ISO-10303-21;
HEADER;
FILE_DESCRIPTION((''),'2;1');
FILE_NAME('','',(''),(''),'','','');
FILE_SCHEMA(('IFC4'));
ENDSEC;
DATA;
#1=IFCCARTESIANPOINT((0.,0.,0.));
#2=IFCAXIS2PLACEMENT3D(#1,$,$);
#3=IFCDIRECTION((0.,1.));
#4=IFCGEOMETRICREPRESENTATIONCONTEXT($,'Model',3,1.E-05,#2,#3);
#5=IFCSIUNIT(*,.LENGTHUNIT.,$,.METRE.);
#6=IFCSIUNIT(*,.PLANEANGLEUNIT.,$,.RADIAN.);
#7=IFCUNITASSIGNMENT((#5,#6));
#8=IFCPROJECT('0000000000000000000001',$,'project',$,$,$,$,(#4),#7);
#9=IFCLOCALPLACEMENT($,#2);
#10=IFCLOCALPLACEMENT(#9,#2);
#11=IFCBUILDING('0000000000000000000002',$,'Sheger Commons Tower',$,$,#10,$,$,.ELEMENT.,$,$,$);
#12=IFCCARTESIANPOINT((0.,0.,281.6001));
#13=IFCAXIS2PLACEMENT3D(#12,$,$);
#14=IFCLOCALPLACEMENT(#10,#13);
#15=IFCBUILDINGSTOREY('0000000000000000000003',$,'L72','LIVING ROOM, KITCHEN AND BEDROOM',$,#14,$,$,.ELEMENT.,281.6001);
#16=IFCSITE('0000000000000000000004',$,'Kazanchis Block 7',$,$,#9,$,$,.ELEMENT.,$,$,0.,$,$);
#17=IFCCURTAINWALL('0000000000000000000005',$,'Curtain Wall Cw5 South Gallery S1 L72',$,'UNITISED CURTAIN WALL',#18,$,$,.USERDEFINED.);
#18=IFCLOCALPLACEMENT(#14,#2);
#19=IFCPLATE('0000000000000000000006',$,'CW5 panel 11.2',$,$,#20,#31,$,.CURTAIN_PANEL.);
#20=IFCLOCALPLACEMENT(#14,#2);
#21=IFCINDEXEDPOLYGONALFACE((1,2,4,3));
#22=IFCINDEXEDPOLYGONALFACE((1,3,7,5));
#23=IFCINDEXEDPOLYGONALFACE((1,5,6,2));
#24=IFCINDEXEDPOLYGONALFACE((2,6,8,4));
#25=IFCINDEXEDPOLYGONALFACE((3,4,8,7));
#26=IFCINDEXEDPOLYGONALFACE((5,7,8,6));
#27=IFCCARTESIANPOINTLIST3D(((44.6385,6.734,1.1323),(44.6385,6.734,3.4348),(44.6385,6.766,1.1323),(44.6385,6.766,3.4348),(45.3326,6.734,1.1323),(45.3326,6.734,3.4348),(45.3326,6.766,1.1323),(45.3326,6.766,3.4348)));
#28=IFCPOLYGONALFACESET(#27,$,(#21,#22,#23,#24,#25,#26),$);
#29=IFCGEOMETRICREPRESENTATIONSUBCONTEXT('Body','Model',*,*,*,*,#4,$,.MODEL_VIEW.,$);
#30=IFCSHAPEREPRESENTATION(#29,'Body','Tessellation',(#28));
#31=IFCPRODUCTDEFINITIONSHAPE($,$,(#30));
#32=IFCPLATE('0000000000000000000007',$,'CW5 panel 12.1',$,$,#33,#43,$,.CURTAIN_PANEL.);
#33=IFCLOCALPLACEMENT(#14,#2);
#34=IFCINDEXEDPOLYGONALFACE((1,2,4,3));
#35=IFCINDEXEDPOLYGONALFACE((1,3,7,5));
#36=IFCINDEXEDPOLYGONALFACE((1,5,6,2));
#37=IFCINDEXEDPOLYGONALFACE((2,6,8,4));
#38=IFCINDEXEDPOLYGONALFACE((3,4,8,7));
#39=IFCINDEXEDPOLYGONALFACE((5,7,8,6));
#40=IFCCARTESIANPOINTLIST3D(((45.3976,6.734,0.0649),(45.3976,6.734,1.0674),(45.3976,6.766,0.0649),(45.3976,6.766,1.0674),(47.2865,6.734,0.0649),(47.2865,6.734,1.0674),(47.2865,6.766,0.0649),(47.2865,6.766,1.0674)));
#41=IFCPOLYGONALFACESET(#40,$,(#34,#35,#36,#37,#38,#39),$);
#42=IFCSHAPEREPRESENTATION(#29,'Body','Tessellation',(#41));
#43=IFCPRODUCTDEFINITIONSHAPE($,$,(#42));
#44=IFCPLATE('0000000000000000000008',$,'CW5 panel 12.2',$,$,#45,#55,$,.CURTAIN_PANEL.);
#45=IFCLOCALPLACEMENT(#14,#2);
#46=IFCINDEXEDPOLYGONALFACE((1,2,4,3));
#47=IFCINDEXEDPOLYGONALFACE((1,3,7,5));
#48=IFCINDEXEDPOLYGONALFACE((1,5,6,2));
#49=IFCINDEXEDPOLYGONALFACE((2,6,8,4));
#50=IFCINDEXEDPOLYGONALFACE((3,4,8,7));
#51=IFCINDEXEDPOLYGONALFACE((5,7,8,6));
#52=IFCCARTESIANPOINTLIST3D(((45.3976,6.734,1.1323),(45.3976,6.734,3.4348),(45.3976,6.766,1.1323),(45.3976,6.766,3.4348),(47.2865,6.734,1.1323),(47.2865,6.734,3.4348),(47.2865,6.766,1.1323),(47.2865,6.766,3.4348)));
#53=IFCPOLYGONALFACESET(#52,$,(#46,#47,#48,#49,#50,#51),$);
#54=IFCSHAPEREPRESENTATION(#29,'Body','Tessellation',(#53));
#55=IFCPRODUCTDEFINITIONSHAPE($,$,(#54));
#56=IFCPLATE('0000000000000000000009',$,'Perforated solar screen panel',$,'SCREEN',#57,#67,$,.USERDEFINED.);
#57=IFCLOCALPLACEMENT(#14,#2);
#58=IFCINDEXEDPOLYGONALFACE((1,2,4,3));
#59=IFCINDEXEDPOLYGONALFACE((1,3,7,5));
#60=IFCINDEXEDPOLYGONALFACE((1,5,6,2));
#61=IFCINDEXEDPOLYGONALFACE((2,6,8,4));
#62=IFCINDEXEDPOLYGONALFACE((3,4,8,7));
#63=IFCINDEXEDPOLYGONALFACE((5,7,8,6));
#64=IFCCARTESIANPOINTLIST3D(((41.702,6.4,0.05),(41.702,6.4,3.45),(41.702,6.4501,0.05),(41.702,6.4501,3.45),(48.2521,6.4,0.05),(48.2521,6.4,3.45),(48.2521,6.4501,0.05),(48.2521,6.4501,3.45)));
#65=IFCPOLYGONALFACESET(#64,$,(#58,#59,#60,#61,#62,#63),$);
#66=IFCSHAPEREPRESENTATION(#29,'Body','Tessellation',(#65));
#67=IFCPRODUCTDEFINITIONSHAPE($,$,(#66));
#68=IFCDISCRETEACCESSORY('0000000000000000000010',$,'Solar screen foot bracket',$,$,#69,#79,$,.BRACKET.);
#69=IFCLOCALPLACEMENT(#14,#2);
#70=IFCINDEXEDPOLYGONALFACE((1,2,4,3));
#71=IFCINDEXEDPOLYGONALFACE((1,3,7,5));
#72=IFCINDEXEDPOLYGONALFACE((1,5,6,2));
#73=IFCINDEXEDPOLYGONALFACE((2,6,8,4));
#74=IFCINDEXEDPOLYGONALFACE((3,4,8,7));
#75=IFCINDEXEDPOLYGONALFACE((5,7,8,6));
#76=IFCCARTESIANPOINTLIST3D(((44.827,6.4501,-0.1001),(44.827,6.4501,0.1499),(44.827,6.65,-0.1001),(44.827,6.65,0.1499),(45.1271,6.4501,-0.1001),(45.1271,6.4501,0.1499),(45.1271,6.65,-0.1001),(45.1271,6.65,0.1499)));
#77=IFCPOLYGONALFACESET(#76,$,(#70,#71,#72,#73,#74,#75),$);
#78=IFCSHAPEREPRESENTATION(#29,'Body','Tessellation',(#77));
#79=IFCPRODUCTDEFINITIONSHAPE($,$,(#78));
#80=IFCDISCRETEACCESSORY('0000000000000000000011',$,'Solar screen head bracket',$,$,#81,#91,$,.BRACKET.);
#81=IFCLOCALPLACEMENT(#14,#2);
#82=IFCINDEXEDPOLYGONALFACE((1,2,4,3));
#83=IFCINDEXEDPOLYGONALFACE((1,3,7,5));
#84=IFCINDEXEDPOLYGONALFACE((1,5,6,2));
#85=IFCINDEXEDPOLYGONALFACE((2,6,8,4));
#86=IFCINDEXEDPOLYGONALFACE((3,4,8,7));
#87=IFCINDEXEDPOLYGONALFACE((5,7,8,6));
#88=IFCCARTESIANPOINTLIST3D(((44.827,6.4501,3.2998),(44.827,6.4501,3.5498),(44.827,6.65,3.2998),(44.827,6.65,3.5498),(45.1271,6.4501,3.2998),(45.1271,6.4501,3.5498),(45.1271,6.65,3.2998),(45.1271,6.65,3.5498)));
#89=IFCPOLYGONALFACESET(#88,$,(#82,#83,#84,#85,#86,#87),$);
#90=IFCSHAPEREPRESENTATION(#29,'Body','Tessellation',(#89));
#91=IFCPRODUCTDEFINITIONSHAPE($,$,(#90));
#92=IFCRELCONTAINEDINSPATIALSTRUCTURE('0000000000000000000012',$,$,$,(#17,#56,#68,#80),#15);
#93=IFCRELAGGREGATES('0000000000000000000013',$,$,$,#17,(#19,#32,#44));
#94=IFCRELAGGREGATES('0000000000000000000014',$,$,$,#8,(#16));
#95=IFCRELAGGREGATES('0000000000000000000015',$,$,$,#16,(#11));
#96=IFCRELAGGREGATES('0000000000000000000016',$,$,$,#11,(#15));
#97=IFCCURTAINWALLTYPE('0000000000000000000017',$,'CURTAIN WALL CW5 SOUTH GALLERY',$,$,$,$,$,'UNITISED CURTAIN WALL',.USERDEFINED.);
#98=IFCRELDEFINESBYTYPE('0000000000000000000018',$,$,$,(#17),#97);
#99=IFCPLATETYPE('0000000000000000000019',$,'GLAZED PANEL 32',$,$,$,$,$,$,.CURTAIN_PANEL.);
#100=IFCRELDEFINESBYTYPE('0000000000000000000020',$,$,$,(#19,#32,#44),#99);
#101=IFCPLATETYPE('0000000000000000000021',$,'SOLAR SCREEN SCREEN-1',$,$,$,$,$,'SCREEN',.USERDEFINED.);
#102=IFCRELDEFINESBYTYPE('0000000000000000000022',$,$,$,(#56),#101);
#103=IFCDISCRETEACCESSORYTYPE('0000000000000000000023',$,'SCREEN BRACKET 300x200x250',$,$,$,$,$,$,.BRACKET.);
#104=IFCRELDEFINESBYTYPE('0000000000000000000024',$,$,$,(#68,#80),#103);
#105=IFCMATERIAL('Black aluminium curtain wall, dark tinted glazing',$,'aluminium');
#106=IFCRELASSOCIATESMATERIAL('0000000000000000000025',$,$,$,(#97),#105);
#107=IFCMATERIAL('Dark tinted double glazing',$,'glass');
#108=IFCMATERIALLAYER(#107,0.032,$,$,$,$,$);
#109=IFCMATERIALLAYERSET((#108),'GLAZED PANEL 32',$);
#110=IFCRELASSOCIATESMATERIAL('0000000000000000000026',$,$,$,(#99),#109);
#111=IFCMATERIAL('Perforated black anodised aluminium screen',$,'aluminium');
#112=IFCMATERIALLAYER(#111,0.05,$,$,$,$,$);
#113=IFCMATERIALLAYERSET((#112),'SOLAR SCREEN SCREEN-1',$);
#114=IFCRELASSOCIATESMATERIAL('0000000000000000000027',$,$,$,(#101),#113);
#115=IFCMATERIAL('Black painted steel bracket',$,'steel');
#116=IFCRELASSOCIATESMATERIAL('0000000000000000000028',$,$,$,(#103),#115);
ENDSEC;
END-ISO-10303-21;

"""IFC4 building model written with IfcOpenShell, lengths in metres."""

from ifc_helpers import new_model, si_unit, direction, frame, origin, origin_2d, place, context, subcontext, project, spatial, rectangle, extrude, material, layer, layer_set, type_object, element, aggregate, save


model = new_model("IFC4")

# Units and contexts
model_context = context("Model", 3, precision=1e-05, world=origin(), true_north=direction((0.0, 1.0)))
body_context = subcontext(model_context, "Body", "Model", "MODEL_VIEW")
ifc_project = project(units=[si_unit("LENGTHUNIT", "METRE"), si_unit("PLANEANGLEUNIT", "RADIAN")], contexts=[model_context])

# Site, building, storey
site_placement = place(None, origin())
site = spatial("IfcSite", under=ifc_project, at=site_placement, Name="Kazanchis Block 7", CompositionType="ELEMENT", RefElevation=0.0)
building_placement = place(site_placement, origin())
building = spatial("IfcBuilding", under=site, at=building_placement, Name="Sheger Commons Tower", CompositionType="ELEMENT")
storey_placement = place(building_placement, frame((0.0, 0.0, 281.6001)))
storey = spatial("IfcBuildingStorey", under=building, at=storey_placement, Name="L72", Description="LIVING ROOM, KITCHEN AND BEDROOM", CompositionType="ELEMENT", Elevation=281.6001)

# Curtain wall, plates
ifc_material_1 = material(Name="Black aluminium curtain wall, dark tinted glazing", Category="aluminium")
curtain_wall_type = type_object("IfcCurtainWallType", Name="CURTAIN WALL CW5 SOUTH GALLERY", ElementType="UNITISED CURTAIN WALL", PredefinedType="USERDEFINED", material=ifc_material_1)
curtain_wall_placement = place(storey_placement, origin())
curtain_wall = element("IfcCurtainWall", 1, at=curtain_wall_placement, inside=storey, type_object=curtain_wall_type, Name="Curtain Wall Cw5 South Gallery S1 L72", ObjectType="UNITISED CURTAIN WALL", PredefinedType="USERDEFINED")
ifc_material_2 = material(Name="Dark tinted double glazing", Category="glass")
ifc_layer_1 = layer(ifc_material_2, 0.032)
ifc_layer_set_1 = layer_set([ifc_layer_1], Name="GLAZED PANEL 32")
plate_type_1 = type_object("IfcPlateType", Name="GLAZED PANEL 32", PredefinedType="CURTAIN_PANEL", material=ifc_layer_set_1)
plate_1_placement = place(storey_placement, frame((44.9856, 6.75, 1.1323), z_axis=(0.0, 0.0, 1.0), x_axis=(1.0, 0.0, 0.0)))
plate_1 = element("IfcPlate", 2, at=plate_1_placement, type_object=plate_type_1, Name="CW5 panel 11.2", PredefinedType="CURTAIN_PANEL", context=body_context, shape_type="SweptSolid", body=[
    extrude(rectangle(XDim=0.6941, YDim=0.032, at=origin_2d()), origin(), (0.0, 0.0, 1.0), 2.3025),
])
plate_2_placement = place(storey_placement, frame((46.342, 6.75, 0.0649), z_axis=(0.0, 0.0, 1.0), x_axis=(1.0, 0.0, 0.0)))
plate_2 = element("IfcPlate", 3, at=plate_2_placement, type_object=plate_type_1, Name="CW5 panel 12.1", PredefinedType="CURTAIN_PANEL", context=body_context, shape_type="SweptSolid", body=[
    extrude(rectangle(XDim=1.8889, YDim=0.032, at=origin_2d()), origin(), (0.0, 0.0, 1.0), 1.0024),
])
plate_3_placement = place(storey_placement, frame((46.342, 6.75, 1.1323), z_axis=(0.0, 0.0, 1.0), x_axis=(1.0, 0.0, 0.0)))
plate_3 = element("IfcPlate", 4, at=plate_3_placement, type_object=plate_type_1, Name="CW5 panel 12.2", PredefinedType="CURTAIN_PANEL", context=body_context, shape_type="SweptSolid", body=[
    extrude(rectangle(XDim=1.8889, YDim=0.032, at=origin_2d()), origin(), (0.0, 0.0, 1.0), 2.3025),
])
aggregate(curtain_wall, [plate_1, plate_2, plate_3])

# Plate
ifc_material_3 = material(Name="Perforated black anodised aluminium screen", Category="aluminium")
ifc_layer_2 = layer(ifc_material_3, 0.05)
ifc_layer_set_2 = layer_set([ifc_layer_2], Name="SOLAR SCREEN SCREEN-1")
plate_type_2 = type_object("IfcPlateType", Name="SOLAR SCREEN SCREEN-1", ElementType="SCREEN", PredefinedType="USERDEFINED", material=ifc_layer_set_2)
plate_4_placement = place(storey_placement, frame((44.9771, 6.425, 0.05), z_axis=(0.0, 0.0, 1.0), x_axis=(1.0, 0.0, 0.0)))
element("IfcPlate", 5, at=plate_4_placement, inside=storey, type_object=plate_type_2, Name="Perforated solar screen panel", ObjectType="SCREEN", PredefinedType="USERDEFINED", context=body_context, shape_type="SweptSolid", body=[
    extrude(rectangle(XDim=6.55, YDim=0.05, at=origin_2d()), origin(), (0.0, 0.0, 1.0), 3.3999),
])

# Discrete accessories
ifc_material_4 = material(Name="Black painted steel bracket", Category="steel")
discrete_accessory_type = type_object("IfcDiscreteAccessoryType", Name="SCREEN BRACKET 300x200x250", PredefinedType="BRACKET", material=ifc_material_4)
for number, where, z_axis, x_axis, name in (
    (6, (44.9771, 6.55, -0.1001), (0.0, 0.0, 1.0), (1.0, 0.0, 0.0), "Solar screen foot bracket"),
    (7, (44.9771, 6.55, 3.2998), (0.0, 0.0, 1.0), (1.0, 0.0, 0.0), "Solar screen head bracket"),
):
    element("IfcDiscreteAccessory", number, at=place(storey_placement, frame(where, z_axis=z_axis, x_axis=x_axis)), inside=storey, type_object=discrete_accessory_type, Name=name, PredefinedType="BRACKET", context=body_context, shape_type="SweptSolid", body=[
        extrude(rectangle(XDim=0.3, YDim=0.2, at=origin_2d()), origin(), (0.0, 0.0, 1.0), 0.25),
    ])

save(model, "model.ifc")
